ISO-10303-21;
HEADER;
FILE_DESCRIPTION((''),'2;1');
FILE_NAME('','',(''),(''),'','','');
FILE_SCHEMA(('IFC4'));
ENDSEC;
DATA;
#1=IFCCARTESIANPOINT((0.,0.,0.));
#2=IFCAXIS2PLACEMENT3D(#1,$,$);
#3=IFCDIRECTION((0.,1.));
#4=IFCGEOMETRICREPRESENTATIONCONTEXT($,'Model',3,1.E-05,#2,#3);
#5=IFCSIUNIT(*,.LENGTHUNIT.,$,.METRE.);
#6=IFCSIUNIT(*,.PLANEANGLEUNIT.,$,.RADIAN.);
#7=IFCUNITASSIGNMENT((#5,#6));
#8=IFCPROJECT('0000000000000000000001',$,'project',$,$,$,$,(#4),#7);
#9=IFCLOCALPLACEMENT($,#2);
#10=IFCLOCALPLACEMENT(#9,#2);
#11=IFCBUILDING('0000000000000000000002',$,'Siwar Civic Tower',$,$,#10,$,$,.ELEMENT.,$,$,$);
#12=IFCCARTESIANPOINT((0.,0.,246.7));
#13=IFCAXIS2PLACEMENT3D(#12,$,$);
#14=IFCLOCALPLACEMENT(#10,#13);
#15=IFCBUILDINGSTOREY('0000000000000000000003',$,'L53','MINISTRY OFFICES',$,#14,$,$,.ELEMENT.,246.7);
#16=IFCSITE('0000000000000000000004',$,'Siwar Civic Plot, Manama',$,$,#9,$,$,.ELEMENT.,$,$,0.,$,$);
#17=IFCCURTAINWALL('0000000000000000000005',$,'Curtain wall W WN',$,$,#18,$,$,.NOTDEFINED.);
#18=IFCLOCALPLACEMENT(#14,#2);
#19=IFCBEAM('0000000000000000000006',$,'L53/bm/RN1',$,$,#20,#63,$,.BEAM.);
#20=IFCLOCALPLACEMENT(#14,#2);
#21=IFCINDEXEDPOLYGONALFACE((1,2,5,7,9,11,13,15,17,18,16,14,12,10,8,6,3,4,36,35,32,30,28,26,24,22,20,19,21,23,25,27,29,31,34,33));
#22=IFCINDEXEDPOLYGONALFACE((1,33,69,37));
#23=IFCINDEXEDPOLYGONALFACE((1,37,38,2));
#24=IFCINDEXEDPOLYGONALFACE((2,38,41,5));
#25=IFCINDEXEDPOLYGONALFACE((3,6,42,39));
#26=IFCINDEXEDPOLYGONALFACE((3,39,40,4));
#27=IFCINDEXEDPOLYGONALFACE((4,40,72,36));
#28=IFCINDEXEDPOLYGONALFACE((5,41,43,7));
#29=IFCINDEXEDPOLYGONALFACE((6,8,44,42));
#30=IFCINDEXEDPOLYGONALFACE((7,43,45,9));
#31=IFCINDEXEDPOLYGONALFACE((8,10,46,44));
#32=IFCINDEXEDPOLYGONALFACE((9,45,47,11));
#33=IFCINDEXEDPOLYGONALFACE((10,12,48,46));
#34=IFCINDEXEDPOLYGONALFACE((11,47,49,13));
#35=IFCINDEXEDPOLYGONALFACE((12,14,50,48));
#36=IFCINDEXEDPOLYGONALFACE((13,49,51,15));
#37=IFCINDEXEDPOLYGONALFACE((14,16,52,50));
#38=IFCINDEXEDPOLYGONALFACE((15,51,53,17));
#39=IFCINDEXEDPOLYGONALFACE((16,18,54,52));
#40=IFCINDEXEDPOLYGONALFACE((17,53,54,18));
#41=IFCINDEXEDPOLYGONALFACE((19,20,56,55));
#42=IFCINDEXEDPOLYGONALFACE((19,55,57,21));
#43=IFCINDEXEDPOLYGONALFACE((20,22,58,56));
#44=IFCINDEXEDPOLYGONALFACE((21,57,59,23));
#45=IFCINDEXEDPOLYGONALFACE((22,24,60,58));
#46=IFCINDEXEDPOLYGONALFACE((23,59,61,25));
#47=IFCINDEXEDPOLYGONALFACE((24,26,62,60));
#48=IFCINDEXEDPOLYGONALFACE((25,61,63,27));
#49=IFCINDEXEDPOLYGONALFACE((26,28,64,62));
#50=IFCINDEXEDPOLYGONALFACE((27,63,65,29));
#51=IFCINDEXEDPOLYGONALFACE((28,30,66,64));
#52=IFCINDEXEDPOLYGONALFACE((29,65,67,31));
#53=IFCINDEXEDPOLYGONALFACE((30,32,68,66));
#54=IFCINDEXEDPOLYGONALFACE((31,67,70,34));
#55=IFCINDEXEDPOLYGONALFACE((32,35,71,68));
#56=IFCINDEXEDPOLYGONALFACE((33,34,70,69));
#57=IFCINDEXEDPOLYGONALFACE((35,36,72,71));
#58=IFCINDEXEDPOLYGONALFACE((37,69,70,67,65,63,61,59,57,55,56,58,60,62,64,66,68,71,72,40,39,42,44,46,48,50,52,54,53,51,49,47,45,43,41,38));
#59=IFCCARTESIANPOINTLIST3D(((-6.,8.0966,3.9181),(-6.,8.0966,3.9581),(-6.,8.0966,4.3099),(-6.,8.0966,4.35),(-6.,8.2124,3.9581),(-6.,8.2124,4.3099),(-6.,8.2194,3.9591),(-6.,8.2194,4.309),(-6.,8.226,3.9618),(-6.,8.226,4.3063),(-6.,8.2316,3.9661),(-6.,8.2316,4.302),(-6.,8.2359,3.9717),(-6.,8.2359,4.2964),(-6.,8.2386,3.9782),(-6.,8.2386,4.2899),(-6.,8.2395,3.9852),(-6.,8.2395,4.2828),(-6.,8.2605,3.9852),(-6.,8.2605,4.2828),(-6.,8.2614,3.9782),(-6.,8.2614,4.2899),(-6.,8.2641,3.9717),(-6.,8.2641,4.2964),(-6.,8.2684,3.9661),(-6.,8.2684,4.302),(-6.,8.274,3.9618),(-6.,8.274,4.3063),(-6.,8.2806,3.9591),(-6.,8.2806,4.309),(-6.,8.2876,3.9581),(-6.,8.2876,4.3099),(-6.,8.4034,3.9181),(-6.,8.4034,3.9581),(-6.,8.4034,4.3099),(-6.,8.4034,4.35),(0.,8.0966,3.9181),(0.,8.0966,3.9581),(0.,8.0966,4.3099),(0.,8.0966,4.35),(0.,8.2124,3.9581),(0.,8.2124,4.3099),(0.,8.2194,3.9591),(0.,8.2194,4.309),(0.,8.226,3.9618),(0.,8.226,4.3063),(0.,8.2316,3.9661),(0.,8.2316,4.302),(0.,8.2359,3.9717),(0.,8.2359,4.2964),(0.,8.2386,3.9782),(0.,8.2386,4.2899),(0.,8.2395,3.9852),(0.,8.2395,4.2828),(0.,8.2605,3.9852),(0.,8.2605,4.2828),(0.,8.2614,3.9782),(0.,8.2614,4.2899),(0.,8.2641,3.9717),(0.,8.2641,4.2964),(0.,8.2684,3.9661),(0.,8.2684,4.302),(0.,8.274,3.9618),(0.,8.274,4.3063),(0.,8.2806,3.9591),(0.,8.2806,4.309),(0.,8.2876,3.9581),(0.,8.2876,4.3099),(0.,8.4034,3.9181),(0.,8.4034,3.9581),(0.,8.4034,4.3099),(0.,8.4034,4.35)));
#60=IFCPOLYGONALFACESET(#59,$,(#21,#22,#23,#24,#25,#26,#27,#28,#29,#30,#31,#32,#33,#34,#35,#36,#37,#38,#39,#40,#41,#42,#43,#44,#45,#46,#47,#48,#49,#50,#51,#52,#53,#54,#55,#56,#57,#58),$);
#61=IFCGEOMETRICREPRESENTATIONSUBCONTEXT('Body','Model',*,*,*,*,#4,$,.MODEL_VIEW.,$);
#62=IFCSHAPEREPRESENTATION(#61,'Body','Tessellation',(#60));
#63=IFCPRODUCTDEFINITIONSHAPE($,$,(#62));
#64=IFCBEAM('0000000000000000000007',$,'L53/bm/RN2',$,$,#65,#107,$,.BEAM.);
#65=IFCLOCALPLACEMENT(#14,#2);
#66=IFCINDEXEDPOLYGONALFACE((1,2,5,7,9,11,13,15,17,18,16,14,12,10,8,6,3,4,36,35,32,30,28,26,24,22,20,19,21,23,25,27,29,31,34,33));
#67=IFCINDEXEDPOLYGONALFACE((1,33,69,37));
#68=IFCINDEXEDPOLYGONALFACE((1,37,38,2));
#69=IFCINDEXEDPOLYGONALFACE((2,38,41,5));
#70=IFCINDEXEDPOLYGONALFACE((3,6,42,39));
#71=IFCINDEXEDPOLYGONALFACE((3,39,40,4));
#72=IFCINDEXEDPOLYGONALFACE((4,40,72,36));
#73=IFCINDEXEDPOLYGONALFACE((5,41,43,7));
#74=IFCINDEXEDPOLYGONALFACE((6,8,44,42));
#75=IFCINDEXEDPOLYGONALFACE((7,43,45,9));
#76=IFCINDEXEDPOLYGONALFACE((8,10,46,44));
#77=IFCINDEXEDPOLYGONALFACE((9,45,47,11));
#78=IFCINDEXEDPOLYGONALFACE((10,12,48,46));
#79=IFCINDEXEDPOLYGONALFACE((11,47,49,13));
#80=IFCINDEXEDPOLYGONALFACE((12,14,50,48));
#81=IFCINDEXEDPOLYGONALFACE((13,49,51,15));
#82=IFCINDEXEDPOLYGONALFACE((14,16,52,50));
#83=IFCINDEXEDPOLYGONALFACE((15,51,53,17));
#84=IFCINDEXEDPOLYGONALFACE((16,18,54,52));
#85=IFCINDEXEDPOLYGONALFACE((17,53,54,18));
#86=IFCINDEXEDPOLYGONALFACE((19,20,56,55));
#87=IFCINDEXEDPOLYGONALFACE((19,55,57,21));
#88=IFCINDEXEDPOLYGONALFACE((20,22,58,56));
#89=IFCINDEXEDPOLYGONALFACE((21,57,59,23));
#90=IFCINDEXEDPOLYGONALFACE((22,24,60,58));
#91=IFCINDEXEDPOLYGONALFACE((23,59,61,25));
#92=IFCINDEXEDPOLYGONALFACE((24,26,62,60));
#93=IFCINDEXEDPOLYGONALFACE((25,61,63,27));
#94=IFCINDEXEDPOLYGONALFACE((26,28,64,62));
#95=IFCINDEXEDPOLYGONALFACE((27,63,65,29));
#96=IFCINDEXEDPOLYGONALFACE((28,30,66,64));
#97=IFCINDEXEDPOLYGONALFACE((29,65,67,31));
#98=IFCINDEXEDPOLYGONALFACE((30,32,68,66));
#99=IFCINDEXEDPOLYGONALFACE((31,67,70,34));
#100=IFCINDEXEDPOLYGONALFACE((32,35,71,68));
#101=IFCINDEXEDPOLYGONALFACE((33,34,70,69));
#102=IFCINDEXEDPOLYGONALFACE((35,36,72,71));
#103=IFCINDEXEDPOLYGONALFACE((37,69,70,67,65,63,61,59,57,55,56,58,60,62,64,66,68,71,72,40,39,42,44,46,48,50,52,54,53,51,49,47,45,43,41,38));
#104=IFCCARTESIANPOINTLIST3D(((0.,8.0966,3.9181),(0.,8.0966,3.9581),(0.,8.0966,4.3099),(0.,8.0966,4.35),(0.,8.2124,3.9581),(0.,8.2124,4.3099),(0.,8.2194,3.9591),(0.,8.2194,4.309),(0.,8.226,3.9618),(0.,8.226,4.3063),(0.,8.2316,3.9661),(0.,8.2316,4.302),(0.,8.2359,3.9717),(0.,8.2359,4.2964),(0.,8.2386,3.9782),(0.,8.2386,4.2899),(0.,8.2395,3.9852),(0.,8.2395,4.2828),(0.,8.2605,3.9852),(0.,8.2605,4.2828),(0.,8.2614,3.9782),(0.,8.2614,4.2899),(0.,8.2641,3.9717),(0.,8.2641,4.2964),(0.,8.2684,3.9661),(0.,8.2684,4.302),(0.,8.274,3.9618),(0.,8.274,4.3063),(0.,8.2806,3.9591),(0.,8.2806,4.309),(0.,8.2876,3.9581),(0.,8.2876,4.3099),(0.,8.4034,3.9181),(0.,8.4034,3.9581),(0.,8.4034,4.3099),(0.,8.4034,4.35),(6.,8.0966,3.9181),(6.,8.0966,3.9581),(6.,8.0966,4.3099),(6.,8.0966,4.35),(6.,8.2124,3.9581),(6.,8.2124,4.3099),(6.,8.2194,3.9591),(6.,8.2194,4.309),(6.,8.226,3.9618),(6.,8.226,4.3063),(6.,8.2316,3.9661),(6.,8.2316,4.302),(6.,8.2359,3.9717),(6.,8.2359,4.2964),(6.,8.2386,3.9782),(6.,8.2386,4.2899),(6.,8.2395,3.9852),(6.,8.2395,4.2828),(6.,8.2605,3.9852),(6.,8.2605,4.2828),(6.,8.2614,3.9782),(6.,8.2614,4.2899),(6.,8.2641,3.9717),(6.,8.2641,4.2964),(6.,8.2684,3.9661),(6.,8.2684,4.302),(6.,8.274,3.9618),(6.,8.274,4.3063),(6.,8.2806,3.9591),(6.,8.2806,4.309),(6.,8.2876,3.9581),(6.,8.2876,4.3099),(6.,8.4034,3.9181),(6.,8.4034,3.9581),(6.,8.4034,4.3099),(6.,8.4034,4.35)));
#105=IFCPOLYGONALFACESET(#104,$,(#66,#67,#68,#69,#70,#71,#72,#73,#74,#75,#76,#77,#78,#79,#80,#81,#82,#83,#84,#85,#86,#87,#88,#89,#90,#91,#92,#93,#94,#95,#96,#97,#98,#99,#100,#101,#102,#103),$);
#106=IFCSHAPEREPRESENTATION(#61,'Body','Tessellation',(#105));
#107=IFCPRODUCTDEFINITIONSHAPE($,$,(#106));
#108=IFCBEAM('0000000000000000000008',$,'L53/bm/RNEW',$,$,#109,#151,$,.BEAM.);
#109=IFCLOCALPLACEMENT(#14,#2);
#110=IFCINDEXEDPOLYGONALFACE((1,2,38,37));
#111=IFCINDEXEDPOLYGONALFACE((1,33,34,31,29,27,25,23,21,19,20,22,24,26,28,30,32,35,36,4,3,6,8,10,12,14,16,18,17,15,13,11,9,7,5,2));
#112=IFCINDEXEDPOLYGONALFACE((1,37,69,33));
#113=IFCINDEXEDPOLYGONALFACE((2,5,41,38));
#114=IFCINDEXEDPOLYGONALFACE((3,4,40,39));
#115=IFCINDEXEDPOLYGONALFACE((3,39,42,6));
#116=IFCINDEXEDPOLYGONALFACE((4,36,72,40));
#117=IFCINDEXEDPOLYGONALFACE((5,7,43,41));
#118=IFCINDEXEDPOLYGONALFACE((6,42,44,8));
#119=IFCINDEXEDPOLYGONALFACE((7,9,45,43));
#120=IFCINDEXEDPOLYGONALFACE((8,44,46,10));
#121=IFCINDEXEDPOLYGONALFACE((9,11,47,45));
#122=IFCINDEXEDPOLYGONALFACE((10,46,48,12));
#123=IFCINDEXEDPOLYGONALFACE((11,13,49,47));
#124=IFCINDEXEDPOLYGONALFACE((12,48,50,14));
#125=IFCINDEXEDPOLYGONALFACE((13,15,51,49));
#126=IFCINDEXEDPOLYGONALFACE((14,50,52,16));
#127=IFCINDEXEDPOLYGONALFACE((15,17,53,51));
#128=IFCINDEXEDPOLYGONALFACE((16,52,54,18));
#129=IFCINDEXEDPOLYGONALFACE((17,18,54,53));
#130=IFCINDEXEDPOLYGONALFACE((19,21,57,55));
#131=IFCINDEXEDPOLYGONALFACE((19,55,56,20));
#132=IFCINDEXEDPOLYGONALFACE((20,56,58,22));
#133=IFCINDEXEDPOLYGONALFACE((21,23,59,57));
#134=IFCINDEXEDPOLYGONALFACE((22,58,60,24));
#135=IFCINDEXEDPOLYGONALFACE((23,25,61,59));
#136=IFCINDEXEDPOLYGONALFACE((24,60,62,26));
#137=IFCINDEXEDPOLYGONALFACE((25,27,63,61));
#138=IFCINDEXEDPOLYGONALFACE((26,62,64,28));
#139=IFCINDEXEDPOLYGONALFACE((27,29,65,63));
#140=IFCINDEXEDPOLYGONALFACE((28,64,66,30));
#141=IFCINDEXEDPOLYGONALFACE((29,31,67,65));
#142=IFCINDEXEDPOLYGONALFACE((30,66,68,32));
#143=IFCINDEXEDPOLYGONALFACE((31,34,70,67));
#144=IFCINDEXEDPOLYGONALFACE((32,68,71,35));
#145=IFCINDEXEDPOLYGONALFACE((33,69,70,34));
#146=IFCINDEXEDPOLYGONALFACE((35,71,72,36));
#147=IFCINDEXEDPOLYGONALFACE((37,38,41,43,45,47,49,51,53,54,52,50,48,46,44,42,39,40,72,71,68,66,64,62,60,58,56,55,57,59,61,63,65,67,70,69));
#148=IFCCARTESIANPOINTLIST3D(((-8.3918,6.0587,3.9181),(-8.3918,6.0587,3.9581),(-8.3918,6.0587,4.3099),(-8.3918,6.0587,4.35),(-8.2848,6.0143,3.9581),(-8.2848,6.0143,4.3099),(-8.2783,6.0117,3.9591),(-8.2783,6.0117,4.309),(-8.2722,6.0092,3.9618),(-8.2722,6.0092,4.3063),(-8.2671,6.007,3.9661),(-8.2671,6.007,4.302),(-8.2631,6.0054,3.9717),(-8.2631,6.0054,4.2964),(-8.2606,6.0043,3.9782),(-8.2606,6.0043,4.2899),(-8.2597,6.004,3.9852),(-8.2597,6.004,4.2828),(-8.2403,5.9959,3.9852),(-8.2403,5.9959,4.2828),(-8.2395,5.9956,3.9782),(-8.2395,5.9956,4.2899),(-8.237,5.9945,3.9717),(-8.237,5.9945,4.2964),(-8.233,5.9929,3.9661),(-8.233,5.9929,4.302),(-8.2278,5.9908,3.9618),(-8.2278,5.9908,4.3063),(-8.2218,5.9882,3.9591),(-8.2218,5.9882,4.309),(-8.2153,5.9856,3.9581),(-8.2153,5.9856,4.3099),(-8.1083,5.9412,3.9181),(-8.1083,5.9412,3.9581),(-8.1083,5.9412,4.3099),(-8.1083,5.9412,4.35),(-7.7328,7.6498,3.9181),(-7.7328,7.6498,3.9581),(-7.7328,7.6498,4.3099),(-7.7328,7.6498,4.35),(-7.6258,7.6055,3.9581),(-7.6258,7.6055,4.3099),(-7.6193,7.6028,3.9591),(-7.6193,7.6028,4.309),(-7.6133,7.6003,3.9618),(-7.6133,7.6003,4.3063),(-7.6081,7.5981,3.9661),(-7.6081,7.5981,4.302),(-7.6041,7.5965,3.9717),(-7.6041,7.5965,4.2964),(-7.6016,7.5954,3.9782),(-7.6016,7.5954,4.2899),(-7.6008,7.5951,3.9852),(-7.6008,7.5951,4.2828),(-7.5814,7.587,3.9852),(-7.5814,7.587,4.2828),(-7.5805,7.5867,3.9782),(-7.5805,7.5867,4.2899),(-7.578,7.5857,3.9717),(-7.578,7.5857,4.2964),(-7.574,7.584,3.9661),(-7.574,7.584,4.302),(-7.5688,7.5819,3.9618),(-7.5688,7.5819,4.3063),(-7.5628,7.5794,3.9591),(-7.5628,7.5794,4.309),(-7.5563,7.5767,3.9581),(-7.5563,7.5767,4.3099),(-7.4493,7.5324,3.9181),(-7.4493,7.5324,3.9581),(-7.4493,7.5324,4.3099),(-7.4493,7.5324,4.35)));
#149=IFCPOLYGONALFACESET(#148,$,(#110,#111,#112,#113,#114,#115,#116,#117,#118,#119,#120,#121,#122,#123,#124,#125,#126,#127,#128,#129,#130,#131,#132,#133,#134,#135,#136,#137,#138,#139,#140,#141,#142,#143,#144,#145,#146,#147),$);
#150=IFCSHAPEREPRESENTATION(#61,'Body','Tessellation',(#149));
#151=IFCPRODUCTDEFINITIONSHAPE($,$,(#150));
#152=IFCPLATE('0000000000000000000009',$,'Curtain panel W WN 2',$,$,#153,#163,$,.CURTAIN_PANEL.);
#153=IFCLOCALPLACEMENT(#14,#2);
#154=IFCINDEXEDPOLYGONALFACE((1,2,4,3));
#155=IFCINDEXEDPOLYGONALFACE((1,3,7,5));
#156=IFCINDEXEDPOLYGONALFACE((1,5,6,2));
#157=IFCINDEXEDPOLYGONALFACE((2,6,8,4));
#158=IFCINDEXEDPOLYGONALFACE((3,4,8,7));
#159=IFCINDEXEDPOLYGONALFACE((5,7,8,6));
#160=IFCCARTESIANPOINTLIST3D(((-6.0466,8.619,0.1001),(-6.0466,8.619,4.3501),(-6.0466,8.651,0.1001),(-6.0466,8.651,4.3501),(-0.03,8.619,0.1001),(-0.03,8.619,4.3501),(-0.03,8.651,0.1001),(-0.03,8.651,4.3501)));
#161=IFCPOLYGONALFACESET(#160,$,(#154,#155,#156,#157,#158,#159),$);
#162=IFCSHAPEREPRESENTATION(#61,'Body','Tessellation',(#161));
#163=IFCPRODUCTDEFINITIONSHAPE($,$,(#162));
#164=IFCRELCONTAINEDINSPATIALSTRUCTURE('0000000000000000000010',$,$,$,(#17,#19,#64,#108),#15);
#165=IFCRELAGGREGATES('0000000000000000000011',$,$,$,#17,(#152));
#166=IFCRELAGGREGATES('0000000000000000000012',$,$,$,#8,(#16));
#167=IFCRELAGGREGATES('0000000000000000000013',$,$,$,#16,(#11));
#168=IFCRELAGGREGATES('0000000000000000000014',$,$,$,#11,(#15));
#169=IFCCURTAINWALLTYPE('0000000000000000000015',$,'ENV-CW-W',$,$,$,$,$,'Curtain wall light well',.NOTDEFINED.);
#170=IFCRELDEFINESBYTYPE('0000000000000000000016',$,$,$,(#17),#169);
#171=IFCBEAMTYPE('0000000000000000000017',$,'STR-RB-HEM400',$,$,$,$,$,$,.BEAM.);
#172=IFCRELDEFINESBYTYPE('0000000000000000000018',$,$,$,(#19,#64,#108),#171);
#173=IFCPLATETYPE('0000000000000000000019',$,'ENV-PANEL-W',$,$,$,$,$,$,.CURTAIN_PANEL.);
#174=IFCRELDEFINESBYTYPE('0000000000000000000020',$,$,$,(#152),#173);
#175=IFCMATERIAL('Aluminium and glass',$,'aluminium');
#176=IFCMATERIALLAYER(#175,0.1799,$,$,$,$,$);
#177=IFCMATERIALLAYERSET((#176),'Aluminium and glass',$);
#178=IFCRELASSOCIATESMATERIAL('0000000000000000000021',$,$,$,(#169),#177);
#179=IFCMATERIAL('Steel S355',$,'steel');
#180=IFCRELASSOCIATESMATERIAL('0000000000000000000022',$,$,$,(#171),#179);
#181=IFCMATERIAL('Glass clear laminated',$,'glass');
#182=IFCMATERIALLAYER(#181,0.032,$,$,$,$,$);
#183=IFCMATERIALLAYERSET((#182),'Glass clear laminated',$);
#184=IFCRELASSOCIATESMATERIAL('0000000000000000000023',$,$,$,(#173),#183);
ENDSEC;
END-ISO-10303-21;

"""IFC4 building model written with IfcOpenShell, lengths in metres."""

from ifc_helpers import new_model, si_unit, direction, frame, origin, origin_2d, place, context, subcontext, project, spatial, rectangle, i_section, extrude, material, layer, layer_set, material_profile, profile_set, type_object, element, aggregate, save


model = new_model("IFC4")

# Units and contexts
model_context = context("Model", 3, precision=1e-05, world=origin(), true_north=direction((0.0, 1.0)))
body_context = subcontext(model_context, "Body", "Model", "MODEL_VIEW")
ifc_project = project(units=[si_unit("LENGTHUNIT", "METRE"), si_unit("PLANEANGLEUNIT", "RADIAN")], contexts=[model_context])

# Site, building, storey
site_placement = place(None, origin())
site = spatial("IfcSite", under=ifc_project, at=site_placement, Name="Siwar Civic Plot, Manama", CompositionType="ELEMENT", RefElevation=0.0)
building_placement = place(site_placement, origin())
building = spatial("IfcBuilding", under=site, at=building_placement, Name="Siwar Civic Tower", CompositionType="ELEMENT")
storey_placement = place(building_placement, frame((0.0, 0.0, 246.7)))
storey = spatial("IfcBuildingStorey", under=building, at=storey_placement, Name="L53", Description="MINISTRY OFFICES", CompositionType="ELEMENT", Elevation=246.7)

# Curtain wall
ifc_material_1 = material(Name="Aluminium and glass", Category="aluminium")
ifc_layer_1 = layer(ifc_material_1, 0.1799)
ifc_layer_set_1 = layer_set([ifc_layer_1], Name="Aluminium and glass")
curtain_wall_type = type_object("IfcCurtainWallType", Name="ENV-CW-W", ElementType="Curtain wall light well", PredefinedType="NOTDEFINED", material=ifc_layer_set_1)
curtain_wall_placement = place(storey_placement, origin())
curtain_wall = element("IfcCurtainWall", 1, at=curtain_wall_placement, inside=storey, type_object=curtain_wall_type, Name="Curtain wall W WN", PredefinedType="NOTDEFINED")

# Beams
ifc_material_2 = material(Name="Steel S355", Category="steel")
ifc_material_profile_1 = material_profile(ifc_material_2, i_section(OverallWidth=0.3069, OverallDepth=0.4319, WebThickness=0.021, FlangeThickness=0.04, FilletRadius=0.0271, at=origin_2d()), Name="HEM400")
ifc_profile_set_1 = profile_set([ifc_material_profile_1], Name="Steel S355")
beam_type_1 = type_object("IfcBeamType", Name="STR-RB-HEM400", PredefinedType="BEAM", material=ifc_profile_set_1)
for number, where, z_axis, x_axis, name in (
    (2, (-6.0, 8.25, 4.134), (1.0, 0.0, 0.0), (0.0, 1.0, 0.0), "L53/bm/RN1"),
    (3, (0.0, 8.25, 4.134), (1.0, 0.0, 0.0), (0.0, 1.0, 0.0), "L53/bm/RN2"),
):
    element("IfcBeam", number, at=place(storey_placement, frame(where, z_axis=z_axis, x_axis=x_axis)), inside=storey, type_object=beam_type_1, Name=name, PredefinedType="BEAM", context=body_context, shape_type="SweptSolid", body=[
        extrude(i_section(OverallWidth=0.3069, OverallDepth=0.4319, WebThickness=0.021, FlangeThickness=0.04, FilletRadius=0.0271, at=origin_2d()), origin(), (0.0, 0.0, 1.0), 6.0),
    ])
beam_1_placement = place(storey_placement, frame((-7.5911, 7.5911, 4.134), z_axis=(-0.382631, -0.923901, 0.0), x_axis=(0.923901, -0.382631, 0.0)))
element("IfcBeam", 4, at=beam_1_placement, inside=storey, type_object=beam_type_1, Name="L53/bm/RNEW", PredefinedType="BEAM", context=body_context, shape_type="SweptSolid", body=[
    extrude(i_section(OverallWidth=0.3069, OverallDepth=0.4319, WebThickness=0.021, FlangeThickness=0.04, FilletRadius=0.0271, at=origin_2d()), origin(), (0.0, 0.0, 1.0), 1.7222),
])

# Plate
ifc_material_3 = material(Name="Glass clear laminated", Category="glass")
ifc_layer_2 = layer(ifc_material_3, 0.032)
ifc_layer_set_2 = layer_set([ifc_layer_2], Name="Glass clear laminated")
plate_type = type_object("IfcPlateType", Name="ENV-PANEL-W", PredefinedType="CURTAIN_PANEL", material=ifc_layer_set_2)
plate_placement = place(storey_placement, frame((-3.0383, 8.635, 0.1001), z_axis=(0.0, 0.0, 1.0), x_axis=(-1.0, 0.0, 0.0)))
plate = element("IfcPlate", 5, at=plate_placement, type_object=plate_type, Name="Curtain panel W WN 2", PredefinedType="CURTAIN_PANEL", context=body_context, shape_type="SweptSolid", body=[
    extrude(rectangle(XDim=6.0166, YDim=0.032, at=origin_2d()), origin(), (0.0, 0.0, 1.0), 4.25),
])
aggregate(curtain_wall, [plate])

save(model, "model.ifc")
